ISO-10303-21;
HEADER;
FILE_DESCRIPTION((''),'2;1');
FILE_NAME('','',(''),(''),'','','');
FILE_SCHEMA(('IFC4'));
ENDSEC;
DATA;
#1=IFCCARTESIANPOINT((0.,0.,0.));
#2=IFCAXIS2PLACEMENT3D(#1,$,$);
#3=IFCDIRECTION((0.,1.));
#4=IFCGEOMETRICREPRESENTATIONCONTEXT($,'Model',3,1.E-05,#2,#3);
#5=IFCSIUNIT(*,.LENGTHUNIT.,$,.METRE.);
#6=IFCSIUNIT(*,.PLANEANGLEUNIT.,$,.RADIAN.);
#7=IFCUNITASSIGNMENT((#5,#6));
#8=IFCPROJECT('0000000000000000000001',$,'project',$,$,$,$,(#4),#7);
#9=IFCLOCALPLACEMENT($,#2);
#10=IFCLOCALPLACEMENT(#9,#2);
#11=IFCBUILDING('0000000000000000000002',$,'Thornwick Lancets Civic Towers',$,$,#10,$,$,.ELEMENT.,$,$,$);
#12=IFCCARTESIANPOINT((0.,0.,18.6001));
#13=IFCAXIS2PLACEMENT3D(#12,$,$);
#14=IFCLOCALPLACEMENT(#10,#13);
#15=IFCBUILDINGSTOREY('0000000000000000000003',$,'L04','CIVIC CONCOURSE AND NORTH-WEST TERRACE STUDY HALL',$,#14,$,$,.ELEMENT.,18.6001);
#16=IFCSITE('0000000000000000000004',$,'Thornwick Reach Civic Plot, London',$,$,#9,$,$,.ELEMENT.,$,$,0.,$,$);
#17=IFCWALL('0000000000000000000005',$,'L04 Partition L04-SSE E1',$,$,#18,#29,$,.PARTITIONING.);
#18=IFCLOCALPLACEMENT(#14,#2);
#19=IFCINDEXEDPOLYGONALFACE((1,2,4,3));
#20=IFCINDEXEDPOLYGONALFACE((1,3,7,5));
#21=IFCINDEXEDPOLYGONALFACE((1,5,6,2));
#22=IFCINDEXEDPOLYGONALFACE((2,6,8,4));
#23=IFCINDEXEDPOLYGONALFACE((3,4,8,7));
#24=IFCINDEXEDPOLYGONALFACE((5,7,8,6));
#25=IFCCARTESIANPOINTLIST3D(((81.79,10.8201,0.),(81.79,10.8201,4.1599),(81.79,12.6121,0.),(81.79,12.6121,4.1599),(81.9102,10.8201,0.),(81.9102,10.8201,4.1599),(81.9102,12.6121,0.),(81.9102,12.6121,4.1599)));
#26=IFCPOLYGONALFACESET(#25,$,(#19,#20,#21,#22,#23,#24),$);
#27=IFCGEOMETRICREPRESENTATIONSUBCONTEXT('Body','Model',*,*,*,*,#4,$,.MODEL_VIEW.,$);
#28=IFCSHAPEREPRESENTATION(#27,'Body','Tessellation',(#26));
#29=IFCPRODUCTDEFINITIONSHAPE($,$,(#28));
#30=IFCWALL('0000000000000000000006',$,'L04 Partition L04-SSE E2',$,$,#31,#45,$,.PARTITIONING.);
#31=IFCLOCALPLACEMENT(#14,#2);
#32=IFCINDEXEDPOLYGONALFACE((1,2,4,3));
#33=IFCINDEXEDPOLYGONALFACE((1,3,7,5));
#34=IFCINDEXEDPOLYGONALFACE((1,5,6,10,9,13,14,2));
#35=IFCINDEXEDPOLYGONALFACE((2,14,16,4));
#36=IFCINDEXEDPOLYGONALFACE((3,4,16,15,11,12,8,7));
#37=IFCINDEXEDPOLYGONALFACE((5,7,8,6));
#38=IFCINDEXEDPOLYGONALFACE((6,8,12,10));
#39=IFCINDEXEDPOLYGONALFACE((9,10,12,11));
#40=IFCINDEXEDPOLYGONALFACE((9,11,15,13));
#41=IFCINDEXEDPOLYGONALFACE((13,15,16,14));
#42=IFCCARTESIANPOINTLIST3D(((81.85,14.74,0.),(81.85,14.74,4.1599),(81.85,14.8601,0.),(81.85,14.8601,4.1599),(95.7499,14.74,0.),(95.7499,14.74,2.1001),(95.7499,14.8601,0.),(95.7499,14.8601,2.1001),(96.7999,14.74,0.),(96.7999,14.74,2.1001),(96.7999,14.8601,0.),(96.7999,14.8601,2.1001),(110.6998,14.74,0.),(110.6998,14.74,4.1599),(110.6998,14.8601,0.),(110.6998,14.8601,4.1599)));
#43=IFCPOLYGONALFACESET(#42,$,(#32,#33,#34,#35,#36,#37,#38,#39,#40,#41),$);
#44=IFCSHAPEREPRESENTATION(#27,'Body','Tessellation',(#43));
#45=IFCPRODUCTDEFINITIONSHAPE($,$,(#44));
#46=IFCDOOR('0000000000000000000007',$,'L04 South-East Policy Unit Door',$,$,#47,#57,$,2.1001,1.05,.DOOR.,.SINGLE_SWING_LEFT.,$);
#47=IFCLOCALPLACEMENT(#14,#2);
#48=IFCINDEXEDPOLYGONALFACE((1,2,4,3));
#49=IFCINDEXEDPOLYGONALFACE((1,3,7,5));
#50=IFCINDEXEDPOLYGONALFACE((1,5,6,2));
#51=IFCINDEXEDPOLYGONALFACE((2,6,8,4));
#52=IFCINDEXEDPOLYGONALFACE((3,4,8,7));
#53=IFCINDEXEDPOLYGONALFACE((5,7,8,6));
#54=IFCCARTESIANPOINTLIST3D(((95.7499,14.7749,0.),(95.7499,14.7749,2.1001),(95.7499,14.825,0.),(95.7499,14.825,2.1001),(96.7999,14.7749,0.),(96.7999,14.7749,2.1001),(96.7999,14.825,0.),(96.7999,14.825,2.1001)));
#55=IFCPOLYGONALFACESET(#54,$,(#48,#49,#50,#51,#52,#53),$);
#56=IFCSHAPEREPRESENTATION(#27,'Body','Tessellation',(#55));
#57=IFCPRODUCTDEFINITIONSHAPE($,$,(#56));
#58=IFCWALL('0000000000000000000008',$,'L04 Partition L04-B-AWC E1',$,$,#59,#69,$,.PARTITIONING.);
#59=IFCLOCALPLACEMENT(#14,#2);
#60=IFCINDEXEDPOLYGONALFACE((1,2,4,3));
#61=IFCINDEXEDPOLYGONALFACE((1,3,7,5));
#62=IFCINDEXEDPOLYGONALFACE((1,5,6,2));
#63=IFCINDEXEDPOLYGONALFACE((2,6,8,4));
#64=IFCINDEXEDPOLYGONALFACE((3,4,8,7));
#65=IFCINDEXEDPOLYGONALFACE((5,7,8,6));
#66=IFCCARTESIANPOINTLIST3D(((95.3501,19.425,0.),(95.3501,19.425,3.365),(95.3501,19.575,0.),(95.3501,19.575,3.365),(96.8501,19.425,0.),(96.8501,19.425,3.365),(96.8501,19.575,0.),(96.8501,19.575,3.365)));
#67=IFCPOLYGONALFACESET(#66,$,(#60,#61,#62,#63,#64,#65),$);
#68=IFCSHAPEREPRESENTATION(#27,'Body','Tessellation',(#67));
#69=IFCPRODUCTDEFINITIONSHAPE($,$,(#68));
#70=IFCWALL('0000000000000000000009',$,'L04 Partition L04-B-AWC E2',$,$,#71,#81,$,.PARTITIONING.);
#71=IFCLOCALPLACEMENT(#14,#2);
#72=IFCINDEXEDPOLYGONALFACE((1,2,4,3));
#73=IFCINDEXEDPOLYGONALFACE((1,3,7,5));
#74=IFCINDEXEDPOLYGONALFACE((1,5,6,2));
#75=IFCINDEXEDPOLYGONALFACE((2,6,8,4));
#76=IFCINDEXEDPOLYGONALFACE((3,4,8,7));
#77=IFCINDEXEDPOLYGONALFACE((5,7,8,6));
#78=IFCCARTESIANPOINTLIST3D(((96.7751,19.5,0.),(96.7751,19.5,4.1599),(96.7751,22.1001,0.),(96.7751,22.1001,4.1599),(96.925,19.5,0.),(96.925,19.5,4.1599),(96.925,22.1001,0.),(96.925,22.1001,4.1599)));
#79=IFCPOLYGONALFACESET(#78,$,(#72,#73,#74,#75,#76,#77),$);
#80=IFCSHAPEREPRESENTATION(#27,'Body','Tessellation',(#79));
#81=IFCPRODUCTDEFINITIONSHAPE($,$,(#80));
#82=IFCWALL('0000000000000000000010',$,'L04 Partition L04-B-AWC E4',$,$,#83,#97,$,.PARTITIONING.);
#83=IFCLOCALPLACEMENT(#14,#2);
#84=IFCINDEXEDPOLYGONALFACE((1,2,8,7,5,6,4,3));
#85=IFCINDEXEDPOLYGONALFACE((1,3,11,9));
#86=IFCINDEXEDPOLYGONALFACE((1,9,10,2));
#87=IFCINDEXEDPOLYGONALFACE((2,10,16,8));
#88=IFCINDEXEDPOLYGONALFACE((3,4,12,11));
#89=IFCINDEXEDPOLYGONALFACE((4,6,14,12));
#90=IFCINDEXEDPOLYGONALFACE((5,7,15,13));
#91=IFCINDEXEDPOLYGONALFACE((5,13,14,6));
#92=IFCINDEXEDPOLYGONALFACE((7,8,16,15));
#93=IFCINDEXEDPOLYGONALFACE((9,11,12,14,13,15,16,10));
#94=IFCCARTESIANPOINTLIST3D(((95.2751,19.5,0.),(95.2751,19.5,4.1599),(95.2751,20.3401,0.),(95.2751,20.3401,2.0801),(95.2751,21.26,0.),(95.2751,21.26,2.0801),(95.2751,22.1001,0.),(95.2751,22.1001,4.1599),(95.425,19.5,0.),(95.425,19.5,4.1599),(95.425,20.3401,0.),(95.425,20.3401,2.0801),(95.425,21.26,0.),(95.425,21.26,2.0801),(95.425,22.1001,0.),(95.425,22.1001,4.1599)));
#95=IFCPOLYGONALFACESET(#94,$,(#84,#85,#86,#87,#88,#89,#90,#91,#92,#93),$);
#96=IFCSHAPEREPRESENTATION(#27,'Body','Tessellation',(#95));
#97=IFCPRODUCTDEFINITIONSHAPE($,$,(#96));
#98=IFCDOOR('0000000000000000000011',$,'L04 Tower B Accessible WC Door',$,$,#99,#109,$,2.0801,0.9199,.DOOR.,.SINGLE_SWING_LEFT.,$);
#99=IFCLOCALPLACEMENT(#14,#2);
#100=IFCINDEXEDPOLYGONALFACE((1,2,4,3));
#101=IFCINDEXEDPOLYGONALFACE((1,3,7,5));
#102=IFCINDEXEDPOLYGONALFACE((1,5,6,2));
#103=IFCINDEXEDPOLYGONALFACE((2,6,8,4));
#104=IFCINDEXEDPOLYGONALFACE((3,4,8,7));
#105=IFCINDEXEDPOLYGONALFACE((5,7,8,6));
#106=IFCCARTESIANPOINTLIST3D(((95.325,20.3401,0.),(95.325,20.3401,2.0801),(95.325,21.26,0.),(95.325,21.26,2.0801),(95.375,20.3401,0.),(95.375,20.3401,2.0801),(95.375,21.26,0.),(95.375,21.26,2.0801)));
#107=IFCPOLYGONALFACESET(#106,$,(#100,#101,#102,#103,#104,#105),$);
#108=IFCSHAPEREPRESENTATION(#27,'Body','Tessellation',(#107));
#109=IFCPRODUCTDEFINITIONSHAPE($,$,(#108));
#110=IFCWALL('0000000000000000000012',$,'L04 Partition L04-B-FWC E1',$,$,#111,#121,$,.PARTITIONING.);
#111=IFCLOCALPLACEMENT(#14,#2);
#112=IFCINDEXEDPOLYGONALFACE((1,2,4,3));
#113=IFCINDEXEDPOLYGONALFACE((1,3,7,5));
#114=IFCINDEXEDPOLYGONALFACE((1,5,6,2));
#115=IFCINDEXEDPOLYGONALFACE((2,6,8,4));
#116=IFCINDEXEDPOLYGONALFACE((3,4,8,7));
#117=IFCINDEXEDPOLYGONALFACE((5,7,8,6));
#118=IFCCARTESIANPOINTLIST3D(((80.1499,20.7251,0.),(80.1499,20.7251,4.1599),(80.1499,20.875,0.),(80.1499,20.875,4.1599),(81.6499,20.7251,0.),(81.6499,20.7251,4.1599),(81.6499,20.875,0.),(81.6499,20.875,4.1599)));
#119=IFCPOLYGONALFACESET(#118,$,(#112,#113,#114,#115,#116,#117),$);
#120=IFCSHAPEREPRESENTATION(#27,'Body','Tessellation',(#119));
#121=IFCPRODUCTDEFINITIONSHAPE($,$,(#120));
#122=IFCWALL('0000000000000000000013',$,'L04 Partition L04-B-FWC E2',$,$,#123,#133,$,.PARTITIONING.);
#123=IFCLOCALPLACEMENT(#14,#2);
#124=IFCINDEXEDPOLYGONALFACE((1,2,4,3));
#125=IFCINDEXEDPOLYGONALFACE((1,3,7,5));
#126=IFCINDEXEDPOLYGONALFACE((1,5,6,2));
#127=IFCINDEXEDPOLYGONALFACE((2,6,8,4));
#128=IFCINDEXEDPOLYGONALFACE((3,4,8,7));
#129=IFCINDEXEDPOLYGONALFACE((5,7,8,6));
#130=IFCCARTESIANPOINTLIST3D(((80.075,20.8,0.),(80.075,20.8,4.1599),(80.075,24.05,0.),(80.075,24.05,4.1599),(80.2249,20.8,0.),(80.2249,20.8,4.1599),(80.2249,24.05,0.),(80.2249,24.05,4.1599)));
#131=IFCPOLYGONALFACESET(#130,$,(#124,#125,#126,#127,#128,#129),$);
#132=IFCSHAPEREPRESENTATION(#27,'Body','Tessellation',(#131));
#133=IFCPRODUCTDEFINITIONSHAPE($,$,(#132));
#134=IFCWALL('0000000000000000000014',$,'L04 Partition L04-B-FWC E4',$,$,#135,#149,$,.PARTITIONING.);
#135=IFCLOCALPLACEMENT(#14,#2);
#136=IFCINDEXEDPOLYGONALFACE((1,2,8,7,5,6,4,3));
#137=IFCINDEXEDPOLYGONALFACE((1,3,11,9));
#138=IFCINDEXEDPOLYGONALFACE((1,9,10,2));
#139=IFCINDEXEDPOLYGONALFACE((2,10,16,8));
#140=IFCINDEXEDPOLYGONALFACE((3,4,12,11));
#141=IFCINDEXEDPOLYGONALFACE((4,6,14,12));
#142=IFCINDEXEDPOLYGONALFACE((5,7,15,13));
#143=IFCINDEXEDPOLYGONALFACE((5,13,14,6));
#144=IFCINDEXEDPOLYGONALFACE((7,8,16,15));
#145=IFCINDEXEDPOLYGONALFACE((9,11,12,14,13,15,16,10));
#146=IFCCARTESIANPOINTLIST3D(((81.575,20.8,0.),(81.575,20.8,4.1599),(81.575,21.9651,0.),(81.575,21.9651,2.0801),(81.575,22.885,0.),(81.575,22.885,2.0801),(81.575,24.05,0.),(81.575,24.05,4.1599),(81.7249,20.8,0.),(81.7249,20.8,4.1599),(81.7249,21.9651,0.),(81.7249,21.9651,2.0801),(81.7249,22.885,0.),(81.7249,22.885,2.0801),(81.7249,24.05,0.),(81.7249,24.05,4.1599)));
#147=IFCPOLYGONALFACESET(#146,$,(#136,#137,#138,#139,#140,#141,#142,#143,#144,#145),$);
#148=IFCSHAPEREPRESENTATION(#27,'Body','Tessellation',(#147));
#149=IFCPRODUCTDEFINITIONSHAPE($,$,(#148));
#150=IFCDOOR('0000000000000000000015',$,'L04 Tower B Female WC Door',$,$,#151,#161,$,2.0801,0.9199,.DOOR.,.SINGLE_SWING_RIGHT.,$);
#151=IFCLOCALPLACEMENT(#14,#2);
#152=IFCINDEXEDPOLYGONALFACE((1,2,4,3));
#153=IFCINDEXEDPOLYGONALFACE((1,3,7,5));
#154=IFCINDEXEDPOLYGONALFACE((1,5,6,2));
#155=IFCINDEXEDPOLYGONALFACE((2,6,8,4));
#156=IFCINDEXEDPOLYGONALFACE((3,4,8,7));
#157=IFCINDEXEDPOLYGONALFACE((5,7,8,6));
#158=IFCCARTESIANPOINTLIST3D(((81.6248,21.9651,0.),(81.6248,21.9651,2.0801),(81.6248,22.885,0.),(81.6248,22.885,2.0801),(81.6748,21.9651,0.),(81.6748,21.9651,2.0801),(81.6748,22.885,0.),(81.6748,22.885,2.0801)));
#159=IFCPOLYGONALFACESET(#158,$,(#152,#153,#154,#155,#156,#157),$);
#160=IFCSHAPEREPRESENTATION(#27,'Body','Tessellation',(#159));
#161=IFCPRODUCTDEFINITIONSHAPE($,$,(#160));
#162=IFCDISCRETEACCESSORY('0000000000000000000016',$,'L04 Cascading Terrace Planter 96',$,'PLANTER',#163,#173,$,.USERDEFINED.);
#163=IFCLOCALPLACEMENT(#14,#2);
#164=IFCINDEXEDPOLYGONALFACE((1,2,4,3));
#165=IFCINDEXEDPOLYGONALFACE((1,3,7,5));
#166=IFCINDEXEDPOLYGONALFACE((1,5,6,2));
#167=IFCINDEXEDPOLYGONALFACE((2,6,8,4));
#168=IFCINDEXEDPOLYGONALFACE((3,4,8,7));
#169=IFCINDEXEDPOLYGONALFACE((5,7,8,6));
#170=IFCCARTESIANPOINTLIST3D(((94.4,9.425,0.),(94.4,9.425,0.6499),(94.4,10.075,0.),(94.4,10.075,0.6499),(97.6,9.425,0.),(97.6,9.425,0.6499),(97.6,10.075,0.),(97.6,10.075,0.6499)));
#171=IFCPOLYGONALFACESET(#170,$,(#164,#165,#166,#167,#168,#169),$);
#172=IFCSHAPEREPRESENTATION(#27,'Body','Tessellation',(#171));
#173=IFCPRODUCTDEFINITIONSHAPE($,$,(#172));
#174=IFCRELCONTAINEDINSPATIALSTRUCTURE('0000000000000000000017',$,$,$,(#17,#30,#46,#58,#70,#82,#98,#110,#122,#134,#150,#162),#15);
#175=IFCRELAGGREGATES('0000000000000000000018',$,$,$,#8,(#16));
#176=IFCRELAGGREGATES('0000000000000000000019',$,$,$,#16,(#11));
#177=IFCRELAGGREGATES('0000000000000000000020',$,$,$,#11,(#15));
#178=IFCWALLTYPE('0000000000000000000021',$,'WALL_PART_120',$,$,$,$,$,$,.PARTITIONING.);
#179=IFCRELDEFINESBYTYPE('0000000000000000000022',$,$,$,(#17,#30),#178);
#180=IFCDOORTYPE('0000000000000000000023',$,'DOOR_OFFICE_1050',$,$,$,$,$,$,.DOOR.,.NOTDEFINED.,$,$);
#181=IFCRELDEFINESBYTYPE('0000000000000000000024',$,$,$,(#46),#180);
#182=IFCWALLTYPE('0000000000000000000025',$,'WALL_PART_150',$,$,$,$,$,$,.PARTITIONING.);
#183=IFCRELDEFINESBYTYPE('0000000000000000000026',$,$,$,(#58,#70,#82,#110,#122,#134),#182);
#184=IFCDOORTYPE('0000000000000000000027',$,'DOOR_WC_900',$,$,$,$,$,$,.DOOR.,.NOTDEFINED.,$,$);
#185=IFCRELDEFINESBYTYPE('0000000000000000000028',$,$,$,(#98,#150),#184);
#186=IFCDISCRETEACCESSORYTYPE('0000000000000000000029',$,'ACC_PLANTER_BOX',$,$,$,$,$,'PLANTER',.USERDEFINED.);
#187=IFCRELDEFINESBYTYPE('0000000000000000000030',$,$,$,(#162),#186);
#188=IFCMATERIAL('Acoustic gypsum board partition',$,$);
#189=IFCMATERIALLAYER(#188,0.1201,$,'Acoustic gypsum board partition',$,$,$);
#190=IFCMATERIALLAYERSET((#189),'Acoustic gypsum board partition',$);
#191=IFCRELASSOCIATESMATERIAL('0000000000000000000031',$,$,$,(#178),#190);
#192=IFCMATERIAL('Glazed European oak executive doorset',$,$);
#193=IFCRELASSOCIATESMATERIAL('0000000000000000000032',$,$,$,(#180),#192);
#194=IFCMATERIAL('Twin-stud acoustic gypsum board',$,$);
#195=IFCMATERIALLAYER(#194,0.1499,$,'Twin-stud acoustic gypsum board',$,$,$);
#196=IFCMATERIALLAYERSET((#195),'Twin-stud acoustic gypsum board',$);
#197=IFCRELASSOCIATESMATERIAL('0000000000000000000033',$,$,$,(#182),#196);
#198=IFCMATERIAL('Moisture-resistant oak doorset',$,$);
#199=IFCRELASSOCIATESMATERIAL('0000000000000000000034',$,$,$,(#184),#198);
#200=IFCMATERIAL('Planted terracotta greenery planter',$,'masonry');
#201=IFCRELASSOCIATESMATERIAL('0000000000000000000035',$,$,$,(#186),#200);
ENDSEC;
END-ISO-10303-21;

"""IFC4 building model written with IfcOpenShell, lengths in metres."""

from ifc_helpers import new_model, si_unit, direction, frame, frame_2d, origin, origin_2d, place, context, subcontext, project, spatial, rectangle, extrude, material, layer, layer_set, type_object, element, fill, save


model = new_model("IFC4")

# Units and contexts
model_context = context("Model", 3, precision=1e-05, world=origin(), true_north=direction((0.0, 1.0)))
body_context = subcontext(model_context, "Body", "Model", "MODEL_VIEW")
ifc_project = project(units=[si_unit("LENGTHUNIT", "METRE"), si_unit("PLANEANGLEUNIT", "RADIAN")], contexts=[model_context])

# Site, building, storey
site_placement = place(None, origin())
site = spatial("IfcSite", under=ifc_project, at=site_placement, Name="Thornwick Reach Civic Plot, London", CompositionType="ELEMENT", RefElevation=0.0)
building_placement = place(site_placement, origin())
building = spatial("IfcBuilding", under=site, at=building_placement, Name="Thornwick Lancets Civic Towers", CompositionType="ELEMENT")
storey_placement = place(building_placement, frame((0.0, 0.0, 18.6001)))
storey = spatial("IfcBuildingStorey", under=building, at=storey_placement, Name="L04", Description="CIVIC CONCOURSE AND NORTH-WEST TERRACE STUDY HALL", CompositionType="ELEMENT", Elevation=18.6001)

# Wall
ifc_material_1 = material(Name="Acoustic gypsum board partition")
ifc_layer_1 = layer(ifc_material_1, 0.1201, Name="Acoustic gypsum board partition")
ifc_layer_set_1 = layer_set([ifc_layer_1], Name="Acoustic gypsum board partition")
wall_type_1 = type_object("IfcWallType", Name="WALL_PART_120", PredefinedType="PARTITIONING", material=ifc_layer_set_1)
wall_1_placement = place(storey_placement, frame((81.8501, 10.8201, 0.0), z_axis=(0.0, 0.0, 1.0), x_axis=(0.0, 1.0, 0.0)))
element("IfcWall", 1, at=wall_1_placement, inside=storey, type_object=wall_type_1, Name="L04 Partition L04-SSE E1", PredefinedType="PARTITIONING", context=body_context, shape_type="SweptSolid", body=[
    extrude(rectangle(XDim=1.792, YDim=0.1201, at=frame_2d((0.896, 0.0))), origin(), (0.0, 0.0, 1.0), 4.1599),
])

# Wall, opening, door
wall_2_placement = place(storey_placement, frame((81.8501, 14.8, 0.0), z_axis=(0.0, 0.0, 1.0), x_axis=(1.0, 0.0, 0.0)))
wall_2 = element("IfcWall", 2, at=wall_2_placement, inside=storey, type_object=wall_type_1, Name="L04 Partition L04-SSE E2", PredefinedType="PARTITIONING", context=body_context, shape_type="SweptSolid", body=[
    extrude(rectangle(XDim=28.8499, YDim=0.1201, at=frame_2d((14.4248, 0.0))), origin(), (0.0, 0.0, 1.0), 4.1599),
])
opening_1_placement = place(wall_2_placement, frame((13.8999, 0.0, 0.0)))
opening_1 = element("IfcOpeningElement", 3, at=opening_1_placement, cuts=wall_2, PredefinedType="OPENING", context=body_context, shape_type="SweptSolid", body=[
    extrude(rectangle(XDim=1.05, YDim=2.1001, at=frame_2d((0.5249, 1.05))), frame((0.0, 0.0701, 0.0), z_axis=(0.0, -1.0, 0.0), x_axis=(1.0, 0.0, 0.0)), (0.0, 0.0, 1.0), 0.1401),
])
ifc_material_2 = material(Name="Glazed European oak executive doorset")
door_type_1 = type_object("IfcDoorType", Name="DOOR_OFFICE_1050", OperationType="NOTDEFINED", PredefinedType="DOOR", material=ifc_material_2)
door_1_placement = place(opening_1_placement, origin())
door_1 = element("IfcDoor", 4, at=door_1_placement, inside=storey, type_object=door_type_1, Name="L04 South-East Policy Unit Door", OperationType="SINGLE_SWING_LEFT", OverallHeight=2.1001, OverallWidth=1.05, PredefinedType="DOOR", context=body_context, shape_type="SweptSolid", body=[
    extrude(rectangle(XDim=1.05, YDim=2.1001, at=frame_2d((0.5249, 1.05))), frame((0.0, 0.0249, 0.0), z_axis=(0.0, -1.0, 0.0), x_axis=(1.0, 0.0, 0.0)), (0.0, 0.0, 1.0), 0.05),
])
fill(opening_1, door_1)

# Walls
ifc_material_3 = material(Name="Twin-stud acoustic gypsum board")
ifc_layer_2 = layer(ifc_material_3, 0.1499, Name="Twin-stud acoustic gypsum board")
ifc_layer_set_2 = layer_set([ifc_layer_2], Name="Twin-stud acoustic gypsum board")
wall_type_2 = type_object("IfcWallType", Name="WALL_PART_150", PredefinedType="PARTITIONING", material=ifc_layer_set_2)
wall_3_placement = place(storey_placement, frame((95.3501, 19.5, 0.0), z_axis=(0.0, 0.0, 1.0), x_axis=(1.0, 0.0, 0.0)))
element("IfcWall", 5, at=wall_3_placement, inside=storey, type_object=wall_type_2, Name="L04 Partition L04-B-AWC E1", PredefinedType="PARTITIONING", context=body_context, shape_type="SweptSolid", body=[
    extrude(rectangle(XDim=1.5, YDim=0.1499, at=frame_2d((0.75, 0.0))), origin(), (0.0, 0.0, 1.0), 3.365),
])
wall_4_placement = place(storey_placement, frame((96.8501, 19.5, 0.0), z_axis=(0.0, 0.0, 1.0), x_axis=(0.0, 1.0, 0.0)))
element("IfcWall", 6, at=wall_4_placement, inside=storey, type_object=wall_type_2, Name="L04 Partition L04-B-AWC E2", PredefinedType="PARTITIONING", context=body_context, shape_type="SweptSolid", body=[
    extrude(rectangle(XDim=2.6001, YDim=0.1499, at=frame_2d((1.3, 0.0))), origin(), (0.0, 0.0, 1.0), 4.1599),
])

# Wall, opening, door
wall_5_placement = place(storey_placement, frame((95.3501, 22.1001, 0.0), z_axis=(0.0, 0.0, 1.0), x_axis=(0.0, -1.0, 0.0)))
wall_5 = element("IfcWall", 7, at=wall_5_placement, inside=storey, type_object=wall_type_2, Name="L04 Partition L04-B-AWC E4", PredefinedType="PARTITIONING", context=body_context, shape_type="SweptSolid", body=[
    extrude(rectangle(XDim=2.6001, YDim=0.1499, at=frame_2d((1.3, 0.0))), origin(), (0.0, 0.0, 1.0), 4.1599),
])
opening_2_placement = place(wall_5_placement, frame((0.8401, 0.0, 0.0)))
opening_2 = element("IfcOpeningElement", 8, at=opening_2_placement, cuts=wall_5, PredefinedType="OPENING", context=body_context, shape_type="SweptSolid", body=[
    extrude(rectangle(XDim=0.9199, YDim=2.0801, at=frame_2d((0.46, 1.04))), frame((0.0, 0.085, 0.0), z_axis=(0.0, -1.0, 0.0), x_axis=(1.0, 0.0, 0.0)), (0.0, 0.0, 1.0), 0.1699),
])
ifc_material_4 = material(Name="Moisture-resistant oak doorset")
door_type_2 = type_object("IfcDoorType", Name="DOOR_WC_900", OperationType="NOTDEFINED", PredefinedType="DOOR", material=ifc_material_4)
door_2_placement = place(opening_2_placement, origin())
door_2 = element("IfcDoor", 9, at=door_2_placement, inside=storey, type_object=door_type_2, Name="L04 Tower B Accessible WC Door", OperationType="SINGLE_SWING_LEFT", OverallHeight=2.0801, OverallWidth=0.9199, PredefinedType="DOOR", context=body_context, shape_type="SweptSolid", body=[
    extrude(rectangle(XDim=0.9199, YDim=2.0801, at=frame_2d((0.46, 1.04))), frame((0.0, 0.0249, 0.0), z_axis=(0.0, -1.0, 0.0), x_axis=(1.0, 0.0, 0.0)), (0.0, 0.0, 1.0), 0.05),
])
fill(opening_2, door_2)

# Walls
wall_6_placement = place(storey_placement, frame((81.6499, 20.8, 0.0), z_axis=(0.0, 0.0, 1.0), x_axis=(-1.0, 0.0, 0.0)))
element("IfcWall", 10, at=wall_6_placement, inside=storey, type_object=wall_type_2, Name="L04 Partition L04-B-FWC E1", PredefinedType="PARTITIONING", context=body_context, shape_type="SweptSolid", body=[
    extrude(rectangle(XDim=1.5, YDim=0.1499, at=frame_2d((0.75, 0.0))), origin(), (0.0, 0.0, 1.0), 4.1599),
])
wall_7_placement = place(storey_placement, frame((80.1499, 20.8, 0.0), z_axis=(0.0, 0.0, 1.0), x_axis=(0.0, 1.0, 0.0)))
element("IfcWall", 11, at=wall_7_placement, inside=storey, type_object=wall_type_2, Name="L04 Partition L04-B-FWC E2", PredefinedType="PARTITIONING", context=body_context, shape_type="SweptSolid", body=[
    extrude(rectangle(XDim=3.25, YDim=0.1499, at=frame_2d((1.625, 0.0))), origin(), (0.0, 0.0, 1.0), 4.1599),
])

# Wall, opening, door
wall_8_placement = place(storey_placement, frame((81.6499, 24.05, 0.0), z_axis=(0.0, 0.0, 1.0), x_axis=(0.0, -1.0, 0.0)))
wall_8 = element("IfcWall", 12, at=wall_8_placement, inside=storey, type_object=wall_type_2, Name="L04 Partition L04-B-FWC E4", PredefinedType="PARTITIONING", context=body_context, shape_type="SweptSolid", body=[
    extrude(rectangle(XDim=3.25, YDim=0.1499, at=frame_2d((1.625, 0.0))), origin(), (0.0, 0.0, 1.0), 4.1599),
])
opening_3_placement = place(wall_8_placement, frame((1.165, 0.0, 0.0)))
opening_3 = element("IfcOpeningElement", 13, at=opening_3_placement, cuts=wall_8, PredefinedType="OPENING", context=body_context, shape_type="SweptSolid", body=[
    extrude(rectangle(XDim=0.9199, YDim=2.0801, at=frame_2d((0.46, 1.04))), frame((0.0, 0.085, 0.0), z_axis=(0.0, -1.0, 0.0), x_axis=(1.0, 0.0, 0.0)), (0.0, 0.0, 1.0), 0.1699),
])
door_3_placement = place(opening_3_placement, origin())
door_3 = element("IfcDoor", 14, at=door_3_placement, inside=storey, type_object=door_type_2, Name="L04 Tower B Female WC Door", OperationType="SINGLE_SWING_RIGHT", OverallHeight=2.0801, OverallWidth=0.9199, PredefinedType="DOOR", context=body_context, shape_type="SweptSolid", body=[
    extrude(rectangle(XDim=0.9199, YDim=2.0801, at=frame_2d((0.46, 1.04))), frame((0.0, 0.0249, 0.0), z_axis=(0.0, -1.0, 0.0), x_axis=(1.0, 0.0, 0.0)), (0.0, 0.0, 1.0), 0.05),
])
fill(opening_3, door_3)

# Discrete accessory
ifc_material_5 = material(Name="Planted terracotta greenery planter", Category="masonry")
discrete_accessory_type = type_object("IfcDiscreteAccessoryType", Name="ACC_PLANTER_BOX", ElementType="PLANTER", PredefinedType="USERDEFINED", material=ifc_material_5)
discrete_accessory_placement = place(storey_placement, frame((96.0, 9.75, 0.0), z_axis=(0.0, 0.0, 1.0), x_axis=(1.0, 0.0, 0.0)))
element("IfcDiscreteAccessory", 15, at=discrete_accessory_placement, inside=storey, type_object=discrete_accessory_type, Name="L04 Cascading Terrace Planter 96", ObjectType="PLANTER", PredefinedType="USERDEFINED", context=body_context, shape_type="SweptSolid", body=[
    extrude(rectangle(XDim=3.2, YDim=0.6499, at=origin_2d()), origin(), (0.0, 0.0, 1.0), 0.6499),
])

save(model, "model.ifc")
